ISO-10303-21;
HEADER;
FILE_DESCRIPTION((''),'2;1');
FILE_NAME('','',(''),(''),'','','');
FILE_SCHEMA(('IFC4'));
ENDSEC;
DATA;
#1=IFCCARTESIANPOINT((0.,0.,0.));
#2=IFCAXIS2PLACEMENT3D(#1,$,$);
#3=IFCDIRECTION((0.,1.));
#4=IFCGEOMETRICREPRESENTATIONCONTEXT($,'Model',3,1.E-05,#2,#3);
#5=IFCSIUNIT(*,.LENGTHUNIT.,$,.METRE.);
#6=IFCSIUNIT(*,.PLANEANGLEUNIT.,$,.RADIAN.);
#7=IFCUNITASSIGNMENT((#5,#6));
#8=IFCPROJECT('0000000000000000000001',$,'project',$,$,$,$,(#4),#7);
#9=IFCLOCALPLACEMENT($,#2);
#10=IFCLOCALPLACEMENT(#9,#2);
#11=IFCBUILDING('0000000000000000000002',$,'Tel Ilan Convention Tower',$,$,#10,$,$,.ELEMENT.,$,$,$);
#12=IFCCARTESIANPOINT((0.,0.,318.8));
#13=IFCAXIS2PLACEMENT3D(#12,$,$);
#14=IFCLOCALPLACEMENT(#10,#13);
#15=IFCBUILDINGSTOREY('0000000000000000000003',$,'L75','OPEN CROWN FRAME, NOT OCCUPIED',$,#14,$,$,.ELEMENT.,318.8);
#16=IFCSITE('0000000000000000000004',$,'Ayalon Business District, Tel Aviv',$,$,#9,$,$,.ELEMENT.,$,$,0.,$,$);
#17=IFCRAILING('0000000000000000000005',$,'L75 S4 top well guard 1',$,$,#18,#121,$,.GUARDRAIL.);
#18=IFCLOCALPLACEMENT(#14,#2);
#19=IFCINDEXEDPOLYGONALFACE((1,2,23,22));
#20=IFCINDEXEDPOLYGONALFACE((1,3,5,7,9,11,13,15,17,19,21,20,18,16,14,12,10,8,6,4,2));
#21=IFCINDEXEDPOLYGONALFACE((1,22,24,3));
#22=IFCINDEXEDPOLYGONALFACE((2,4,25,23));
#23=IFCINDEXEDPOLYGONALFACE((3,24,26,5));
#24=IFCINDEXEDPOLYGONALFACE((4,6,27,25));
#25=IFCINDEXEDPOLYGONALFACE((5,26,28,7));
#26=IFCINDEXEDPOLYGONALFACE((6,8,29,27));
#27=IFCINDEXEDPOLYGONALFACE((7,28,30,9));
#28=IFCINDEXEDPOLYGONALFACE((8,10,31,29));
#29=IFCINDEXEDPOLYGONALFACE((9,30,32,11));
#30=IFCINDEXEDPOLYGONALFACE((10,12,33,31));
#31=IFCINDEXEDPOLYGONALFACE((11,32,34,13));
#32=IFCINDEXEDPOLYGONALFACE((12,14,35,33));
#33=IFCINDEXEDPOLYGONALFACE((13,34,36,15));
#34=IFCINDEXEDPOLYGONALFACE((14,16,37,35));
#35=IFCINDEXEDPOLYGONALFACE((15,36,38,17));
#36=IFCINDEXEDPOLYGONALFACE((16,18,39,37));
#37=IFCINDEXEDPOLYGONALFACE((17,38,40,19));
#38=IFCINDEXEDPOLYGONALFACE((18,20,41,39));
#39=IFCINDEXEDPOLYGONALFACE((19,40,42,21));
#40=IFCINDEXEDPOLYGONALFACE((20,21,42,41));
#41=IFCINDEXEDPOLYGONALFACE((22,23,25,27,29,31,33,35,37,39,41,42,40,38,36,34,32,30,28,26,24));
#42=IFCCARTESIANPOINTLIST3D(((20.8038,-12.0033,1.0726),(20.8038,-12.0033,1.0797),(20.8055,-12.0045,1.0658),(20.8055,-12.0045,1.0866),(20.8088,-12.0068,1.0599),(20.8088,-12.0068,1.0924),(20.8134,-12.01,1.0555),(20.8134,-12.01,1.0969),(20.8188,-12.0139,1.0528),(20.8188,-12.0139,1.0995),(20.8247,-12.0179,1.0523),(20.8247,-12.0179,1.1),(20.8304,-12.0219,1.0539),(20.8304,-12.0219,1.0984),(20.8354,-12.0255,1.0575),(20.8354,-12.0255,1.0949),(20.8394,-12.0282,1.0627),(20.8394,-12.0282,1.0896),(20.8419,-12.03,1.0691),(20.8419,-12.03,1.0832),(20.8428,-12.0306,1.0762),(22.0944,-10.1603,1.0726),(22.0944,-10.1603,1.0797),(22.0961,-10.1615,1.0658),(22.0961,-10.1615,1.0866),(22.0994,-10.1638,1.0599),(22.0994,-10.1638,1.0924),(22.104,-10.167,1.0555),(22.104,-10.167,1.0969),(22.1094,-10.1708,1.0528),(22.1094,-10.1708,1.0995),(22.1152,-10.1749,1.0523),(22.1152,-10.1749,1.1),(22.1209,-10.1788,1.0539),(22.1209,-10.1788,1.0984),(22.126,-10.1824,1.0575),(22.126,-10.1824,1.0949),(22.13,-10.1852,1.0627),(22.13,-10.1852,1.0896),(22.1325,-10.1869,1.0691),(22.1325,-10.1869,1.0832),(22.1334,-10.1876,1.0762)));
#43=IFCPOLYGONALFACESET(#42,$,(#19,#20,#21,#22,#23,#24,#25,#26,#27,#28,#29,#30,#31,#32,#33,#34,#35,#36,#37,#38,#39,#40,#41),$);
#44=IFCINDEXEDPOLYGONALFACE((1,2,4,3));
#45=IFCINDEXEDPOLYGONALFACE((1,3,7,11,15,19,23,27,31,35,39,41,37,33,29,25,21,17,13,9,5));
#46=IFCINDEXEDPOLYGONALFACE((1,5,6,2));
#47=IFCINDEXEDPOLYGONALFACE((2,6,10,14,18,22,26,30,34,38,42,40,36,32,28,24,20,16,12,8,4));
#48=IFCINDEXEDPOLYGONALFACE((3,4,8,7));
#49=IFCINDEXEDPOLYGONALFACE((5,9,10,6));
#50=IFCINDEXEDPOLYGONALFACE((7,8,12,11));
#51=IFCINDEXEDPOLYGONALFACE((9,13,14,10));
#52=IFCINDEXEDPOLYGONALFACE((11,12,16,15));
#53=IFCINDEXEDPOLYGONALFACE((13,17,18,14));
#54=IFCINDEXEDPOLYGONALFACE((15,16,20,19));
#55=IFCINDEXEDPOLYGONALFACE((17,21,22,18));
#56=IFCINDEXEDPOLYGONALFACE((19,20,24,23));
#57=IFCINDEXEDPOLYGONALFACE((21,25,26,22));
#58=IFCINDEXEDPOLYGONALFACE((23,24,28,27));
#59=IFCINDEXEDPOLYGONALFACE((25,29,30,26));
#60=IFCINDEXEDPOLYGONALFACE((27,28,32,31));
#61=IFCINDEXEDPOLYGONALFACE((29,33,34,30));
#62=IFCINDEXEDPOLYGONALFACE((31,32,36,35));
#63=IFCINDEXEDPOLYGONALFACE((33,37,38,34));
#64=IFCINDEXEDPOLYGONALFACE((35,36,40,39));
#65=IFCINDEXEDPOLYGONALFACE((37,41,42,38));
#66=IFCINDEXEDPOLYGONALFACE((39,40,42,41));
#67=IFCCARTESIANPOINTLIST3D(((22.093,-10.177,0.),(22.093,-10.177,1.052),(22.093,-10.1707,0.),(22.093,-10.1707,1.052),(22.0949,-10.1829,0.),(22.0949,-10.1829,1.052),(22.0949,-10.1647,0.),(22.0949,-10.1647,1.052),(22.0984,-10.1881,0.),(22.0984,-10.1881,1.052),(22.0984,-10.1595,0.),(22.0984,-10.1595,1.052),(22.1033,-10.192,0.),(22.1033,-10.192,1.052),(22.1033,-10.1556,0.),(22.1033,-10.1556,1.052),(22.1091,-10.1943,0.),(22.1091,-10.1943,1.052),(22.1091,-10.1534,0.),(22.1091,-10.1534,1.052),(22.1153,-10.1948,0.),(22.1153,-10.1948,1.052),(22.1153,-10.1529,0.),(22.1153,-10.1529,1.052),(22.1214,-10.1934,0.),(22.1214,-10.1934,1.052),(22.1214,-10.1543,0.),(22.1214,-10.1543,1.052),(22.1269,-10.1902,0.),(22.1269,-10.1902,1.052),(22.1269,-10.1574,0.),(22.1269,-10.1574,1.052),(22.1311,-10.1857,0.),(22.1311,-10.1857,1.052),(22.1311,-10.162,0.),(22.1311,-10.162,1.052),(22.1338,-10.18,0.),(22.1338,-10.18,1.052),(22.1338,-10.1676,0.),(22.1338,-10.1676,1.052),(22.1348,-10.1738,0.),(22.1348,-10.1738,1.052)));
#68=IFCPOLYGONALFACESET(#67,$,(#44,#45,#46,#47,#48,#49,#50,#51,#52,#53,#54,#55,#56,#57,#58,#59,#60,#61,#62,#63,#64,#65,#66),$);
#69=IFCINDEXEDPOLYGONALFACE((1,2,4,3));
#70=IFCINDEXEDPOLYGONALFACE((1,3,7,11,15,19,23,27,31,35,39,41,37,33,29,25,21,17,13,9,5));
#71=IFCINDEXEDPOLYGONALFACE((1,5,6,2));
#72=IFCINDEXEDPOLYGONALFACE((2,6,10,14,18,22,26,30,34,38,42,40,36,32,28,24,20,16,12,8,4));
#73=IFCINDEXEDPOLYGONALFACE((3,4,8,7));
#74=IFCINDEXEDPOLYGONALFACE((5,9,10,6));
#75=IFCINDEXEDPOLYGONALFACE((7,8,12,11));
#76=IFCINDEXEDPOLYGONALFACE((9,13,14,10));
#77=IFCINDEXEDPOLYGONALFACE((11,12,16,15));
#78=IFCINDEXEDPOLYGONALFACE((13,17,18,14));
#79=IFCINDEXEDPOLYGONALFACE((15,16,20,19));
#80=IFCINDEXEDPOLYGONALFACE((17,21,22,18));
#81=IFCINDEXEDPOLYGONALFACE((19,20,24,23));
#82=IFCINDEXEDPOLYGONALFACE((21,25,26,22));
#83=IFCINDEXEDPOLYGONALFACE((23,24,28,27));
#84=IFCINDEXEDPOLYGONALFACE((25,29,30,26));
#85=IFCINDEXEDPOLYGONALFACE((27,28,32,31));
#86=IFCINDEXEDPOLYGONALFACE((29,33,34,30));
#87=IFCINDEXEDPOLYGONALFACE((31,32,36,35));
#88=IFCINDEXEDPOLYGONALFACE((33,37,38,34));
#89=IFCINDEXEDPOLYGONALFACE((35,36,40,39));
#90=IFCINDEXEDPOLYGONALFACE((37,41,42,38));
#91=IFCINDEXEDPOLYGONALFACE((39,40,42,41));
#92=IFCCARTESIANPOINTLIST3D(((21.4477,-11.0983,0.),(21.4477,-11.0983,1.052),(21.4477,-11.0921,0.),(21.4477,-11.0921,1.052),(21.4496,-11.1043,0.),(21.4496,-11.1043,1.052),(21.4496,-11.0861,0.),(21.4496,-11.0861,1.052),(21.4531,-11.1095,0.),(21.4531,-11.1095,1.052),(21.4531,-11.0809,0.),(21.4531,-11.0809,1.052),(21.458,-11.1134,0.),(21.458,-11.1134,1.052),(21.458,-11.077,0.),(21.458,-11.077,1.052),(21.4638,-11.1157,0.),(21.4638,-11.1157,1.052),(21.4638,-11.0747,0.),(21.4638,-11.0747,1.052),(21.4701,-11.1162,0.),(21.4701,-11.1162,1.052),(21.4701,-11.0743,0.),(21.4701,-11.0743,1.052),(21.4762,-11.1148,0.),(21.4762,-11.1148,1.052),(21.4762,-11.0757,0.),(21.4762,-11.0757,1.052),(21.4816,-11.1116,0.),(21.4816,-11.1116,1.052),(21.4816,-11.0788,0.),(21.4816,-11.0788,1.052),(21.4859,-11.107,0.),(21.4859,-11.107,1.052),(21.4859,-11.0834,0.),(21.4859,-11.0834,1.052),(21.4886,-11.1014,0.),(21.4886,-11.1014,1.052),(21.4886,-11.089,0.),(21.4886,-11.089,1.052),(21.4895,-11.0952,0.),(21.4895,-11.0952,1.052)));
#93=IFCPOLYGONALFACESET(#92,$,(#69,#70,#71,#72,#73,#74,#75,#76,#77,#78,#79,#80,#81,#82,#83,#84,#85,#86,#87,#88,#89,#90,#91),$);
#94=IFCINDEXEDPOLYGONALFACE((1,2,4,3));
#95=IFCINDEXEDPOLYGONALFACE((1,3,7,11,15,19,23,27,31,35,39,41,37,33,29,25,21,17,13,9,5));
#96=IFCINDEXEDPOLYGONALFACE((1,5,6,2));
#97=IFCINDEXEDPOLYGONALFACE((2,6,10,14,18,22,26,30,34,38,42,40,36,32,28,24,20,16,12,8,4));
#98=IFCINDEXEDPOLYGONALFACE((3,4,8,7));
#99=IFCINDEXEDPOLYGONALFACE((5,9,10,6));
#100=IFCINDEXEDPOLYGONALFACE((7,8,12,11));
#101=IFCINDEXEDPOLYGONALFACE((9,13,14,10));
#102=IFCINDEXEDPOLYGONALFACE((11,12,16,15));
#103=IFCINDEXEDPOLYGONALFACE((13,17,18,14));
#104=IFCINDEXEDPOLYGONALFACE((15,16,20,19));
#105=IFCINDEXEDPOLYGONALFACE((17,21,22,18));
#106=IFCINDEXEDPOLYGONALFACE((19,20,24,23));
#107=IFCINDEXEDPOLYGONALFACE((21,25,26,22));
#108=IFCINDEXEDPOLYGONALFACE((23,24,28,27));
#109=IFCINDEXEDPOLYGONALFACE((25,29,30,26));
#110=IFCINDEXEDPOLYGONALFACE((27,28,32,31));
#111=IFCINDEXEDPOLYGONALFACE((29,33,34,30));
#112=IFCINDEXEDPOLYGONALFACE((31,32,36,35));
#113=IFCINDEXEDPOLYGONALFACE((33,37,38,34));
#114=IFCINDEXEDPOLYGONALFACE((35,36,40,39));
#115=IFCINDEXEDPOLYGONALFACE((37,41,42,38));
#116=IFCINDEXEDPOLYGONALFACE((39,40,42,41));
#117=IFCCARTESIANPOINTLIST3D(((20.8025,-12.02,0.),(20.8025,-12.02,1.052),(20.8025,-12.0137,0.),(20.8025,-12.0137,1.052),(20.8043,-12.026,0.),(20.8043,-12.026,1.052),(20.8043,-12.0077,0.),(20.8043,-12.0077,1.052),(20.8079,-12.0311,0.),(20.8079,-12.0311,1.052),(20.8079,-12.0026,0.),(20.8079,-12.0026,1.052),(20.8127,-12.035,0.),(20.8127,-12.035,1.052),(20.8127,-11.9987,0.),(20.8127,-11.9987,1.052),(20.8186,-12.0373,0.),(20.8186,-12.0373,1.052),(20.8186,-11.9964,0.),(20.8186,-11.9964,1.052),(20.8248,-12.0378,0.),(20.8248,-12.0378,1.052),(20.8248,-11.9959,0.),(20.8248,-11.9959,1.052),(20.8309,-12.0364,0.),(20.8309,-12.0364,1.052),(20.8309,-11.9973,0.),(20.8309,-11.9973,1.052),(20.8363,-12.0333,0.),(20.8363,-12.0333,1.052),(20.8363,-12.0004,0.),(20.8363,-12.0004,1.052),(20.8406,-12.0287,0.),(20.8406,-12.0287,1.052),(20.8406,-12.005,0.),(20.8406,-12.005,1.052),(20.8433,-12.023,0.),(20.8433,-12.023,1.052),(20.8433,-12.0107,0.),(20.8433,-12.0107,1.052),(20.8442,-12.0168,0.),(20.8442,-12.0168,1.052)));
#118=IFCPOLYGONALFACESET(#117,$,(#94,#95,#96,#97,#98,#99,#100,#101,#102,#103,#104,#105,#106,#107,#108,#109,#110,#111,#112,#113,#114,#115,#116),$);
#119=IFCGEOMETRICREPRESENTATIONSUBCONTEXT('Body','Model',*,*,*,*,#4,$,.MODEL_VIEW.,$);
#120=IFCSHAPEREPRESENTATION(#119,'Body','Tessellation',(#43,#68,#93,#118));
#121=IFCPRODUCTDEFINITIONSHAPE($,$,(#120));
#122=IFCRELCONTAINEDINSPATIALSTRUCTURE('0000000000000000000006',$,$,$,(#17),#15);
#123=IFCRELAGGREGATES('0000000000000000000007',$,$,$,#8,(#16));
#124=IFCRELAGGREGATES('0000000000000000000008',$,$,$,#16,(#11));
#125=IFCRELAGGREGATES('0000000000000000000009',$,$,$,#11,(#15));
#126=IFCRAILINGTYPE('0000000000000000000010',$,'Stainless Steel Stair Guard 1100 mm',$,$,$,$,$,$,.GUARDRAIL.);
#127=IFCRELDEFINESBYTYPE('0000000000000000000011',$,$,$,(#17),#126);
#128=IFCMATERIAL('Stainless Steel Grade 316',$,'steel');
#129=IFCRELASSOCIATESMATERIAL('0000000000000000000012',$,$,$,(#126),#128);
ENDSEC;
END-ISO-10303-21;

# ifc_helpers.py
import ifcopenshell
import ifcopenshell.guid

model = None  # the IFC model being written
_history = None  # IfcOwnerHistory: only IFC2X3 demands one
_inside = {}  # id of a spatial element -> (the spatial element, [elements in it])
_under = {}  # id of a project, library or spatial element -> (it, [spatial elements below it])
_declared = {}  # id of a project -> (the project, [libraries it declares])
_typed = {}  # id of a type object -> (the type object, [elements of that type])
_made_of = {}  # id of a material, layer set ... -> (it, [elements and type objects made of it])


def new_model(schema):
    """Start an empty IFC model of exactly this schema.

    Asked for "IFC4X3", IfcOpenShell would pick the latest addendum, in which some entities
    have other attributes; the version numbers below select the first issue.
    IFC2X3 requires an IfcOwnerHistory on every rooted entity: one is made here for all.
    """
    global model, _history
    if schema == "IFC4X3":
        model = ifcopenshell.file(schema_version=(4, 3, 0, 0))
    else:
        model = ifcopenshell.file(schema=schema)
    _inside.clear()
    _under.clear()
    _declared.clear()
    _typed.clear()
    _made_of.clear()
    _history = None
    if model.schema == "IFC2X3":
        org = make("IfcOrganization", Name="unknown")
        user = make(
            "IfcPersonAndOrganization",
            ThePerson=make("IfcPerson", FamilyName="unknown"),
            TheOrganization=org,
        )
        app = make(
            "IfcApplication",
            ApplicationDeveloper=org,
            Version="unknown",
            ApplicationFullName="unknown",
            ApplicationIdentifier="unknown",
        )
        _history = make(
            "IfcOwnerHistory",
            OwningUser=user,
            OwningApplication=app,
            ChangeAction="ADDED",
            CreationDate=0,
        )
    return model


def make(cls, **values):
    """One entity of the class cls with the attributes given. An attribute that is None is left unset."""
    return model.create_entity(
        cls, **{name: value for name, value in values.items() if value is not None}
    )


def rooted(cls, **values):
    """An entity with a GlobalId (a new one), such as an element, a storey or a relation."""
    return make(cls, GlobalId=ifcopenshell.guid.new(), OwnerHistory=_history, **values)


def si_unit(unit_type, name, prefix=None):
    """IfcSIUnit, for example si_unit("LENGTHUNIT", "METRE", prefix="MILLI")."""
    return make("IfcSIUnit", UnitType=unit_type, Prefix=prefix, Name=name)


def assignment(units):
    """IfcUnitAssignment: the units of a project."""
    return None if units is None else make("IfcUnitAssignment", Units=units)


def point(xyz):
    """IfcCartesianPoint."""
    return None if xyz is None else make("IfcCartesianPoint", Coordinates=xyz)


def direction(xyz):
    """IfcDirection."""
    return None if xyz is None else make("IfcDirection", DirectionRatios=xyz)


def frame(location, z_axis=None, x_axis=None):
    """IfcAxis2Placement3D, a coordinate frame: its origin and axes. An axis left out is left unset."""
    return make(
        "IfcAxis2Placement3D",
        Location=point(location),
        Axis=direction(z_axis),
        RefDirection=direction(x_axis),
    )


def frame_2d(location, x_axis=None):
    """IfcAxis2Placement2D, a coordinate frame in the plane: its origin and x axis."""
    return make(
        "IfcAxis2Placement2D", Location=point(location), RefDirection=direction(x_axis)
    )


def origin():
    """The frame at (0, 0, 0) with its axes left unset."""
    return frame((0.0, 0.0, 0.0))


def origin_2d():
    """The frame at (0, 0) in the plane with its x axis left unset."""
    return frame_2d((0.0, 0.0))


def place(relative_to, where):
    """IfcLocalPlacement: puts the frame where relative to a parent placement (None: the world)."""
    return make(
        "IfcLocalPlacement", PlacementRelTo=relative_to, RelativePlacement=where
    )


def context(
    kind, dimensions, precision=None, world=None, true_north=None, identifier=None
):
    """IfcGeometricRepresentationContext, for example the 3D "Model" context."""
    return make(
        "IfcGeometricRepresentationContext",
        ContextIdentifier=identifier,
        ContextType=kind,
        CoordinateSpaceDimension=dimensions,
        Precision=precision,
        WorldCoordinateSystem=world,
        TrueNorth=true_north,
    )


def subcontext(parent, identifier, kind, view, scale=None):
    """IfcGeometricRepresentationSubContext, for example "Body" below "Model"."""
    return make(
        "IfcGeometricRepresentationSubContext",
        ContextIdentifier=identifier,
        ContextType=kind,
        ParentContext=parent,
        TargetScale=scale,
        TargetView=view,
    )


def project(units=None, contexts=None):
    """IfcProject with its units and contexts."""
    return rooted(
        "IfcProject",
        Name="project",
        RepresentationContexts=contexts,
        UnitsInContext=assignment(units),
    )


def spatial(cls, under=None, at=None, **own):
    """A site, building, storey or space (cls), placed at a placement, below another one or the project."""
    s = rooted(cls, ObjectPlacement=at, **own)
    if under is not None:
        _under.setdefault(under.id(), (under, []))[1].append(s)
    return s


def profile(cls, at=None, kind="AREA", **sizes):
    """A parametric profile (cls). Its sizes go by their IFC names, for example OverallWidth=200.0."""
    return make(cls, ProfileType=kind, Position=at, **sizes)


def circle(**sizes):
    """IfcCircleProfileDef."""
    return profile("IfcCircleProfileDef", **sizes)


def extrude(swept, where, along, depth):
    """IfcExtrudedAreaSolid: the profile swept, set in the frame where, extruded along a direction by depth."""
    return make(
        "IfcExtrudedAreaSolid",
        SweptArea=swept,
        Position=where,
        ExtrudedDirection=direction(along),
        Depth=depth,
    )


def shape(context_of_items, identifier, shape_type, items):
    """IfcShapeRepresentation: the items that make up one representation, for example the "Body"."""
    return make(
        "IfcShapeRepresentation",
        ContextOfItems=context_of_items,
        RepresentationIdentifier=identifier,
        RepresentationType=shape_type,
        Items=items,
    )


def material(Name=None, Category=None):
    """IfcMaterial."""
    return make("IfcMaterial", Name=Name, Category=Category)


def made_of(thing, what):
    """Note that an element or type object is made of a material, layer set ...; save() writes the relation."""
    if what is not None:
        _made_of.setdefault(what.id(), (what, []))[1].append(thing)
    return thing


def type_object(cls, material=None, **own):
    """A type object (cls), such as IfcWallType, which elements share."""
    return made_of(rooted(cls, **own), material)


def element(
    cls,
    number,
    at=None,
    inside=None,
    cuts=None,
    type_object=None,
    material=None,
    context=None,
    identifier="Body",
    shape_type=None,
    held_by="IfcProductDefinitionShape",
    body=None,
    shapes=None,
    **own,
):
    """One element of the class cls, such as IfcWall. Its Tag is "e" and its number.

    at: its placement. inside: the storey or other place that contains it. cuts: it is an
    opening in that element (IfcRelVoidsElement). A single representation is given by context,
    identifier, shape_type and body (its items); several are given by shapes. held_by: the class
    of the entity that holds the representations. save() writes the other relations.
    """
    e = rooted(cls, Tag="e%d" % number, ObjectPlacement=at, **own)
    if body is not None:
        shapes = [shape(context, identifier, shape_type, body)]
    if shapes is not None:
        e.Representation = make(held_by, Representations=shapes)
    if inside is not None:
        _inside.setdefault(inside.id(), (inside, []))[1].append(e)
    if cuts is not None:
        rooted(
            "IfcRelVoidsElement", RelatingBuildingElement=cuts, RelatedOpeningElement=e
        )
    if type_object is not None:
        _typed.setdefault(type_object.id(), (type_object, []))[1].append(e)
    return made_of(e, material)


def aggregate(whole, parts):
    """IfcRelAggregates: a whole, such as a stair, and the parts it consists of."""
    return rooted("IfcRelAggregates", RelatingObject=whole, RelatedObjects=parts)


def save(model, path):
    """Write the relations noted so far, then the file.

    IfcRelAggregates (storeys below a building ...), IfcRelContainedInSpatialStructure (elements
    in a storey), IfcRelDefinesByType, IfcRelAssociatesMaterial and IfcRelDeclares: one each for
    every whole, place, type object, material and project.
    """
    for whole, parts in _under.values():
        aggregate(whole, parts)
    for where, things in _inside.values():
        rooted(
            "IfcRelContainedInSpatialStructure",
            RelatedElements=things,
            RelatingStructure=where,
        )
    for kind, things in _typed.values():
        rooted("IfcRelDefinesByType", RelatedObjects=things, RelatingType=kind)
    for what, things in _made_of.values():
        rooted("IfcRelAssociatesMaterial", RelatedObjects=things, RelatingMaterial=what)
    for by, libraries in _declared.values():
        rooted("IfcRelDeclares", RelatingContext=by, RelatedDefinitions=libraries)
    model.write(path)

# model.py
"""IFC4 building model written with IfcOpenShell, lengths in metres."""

from ifc_helpers import new_model, si_unit, direction, frame, origin, origin_2d, place, context, subcontext, project, spatial, circle, extrude, material, type_object, element, save


model = new_model("IFC4")

# Units and contexts
model_context = context("Model", 3, precision=1e-05, world=origin(), true_north=direction((0.0, 1.0)))
body_context = subcontext(model_context, "Body", "Model", "MODEL_VIEW")
ifc_project = project(units=[si_unit("LENGTHUNIT", "METRE"), si_unit("PLANEANGLEUNIT", "RADIAN")], contexts=[model_context])

# Site, building, storey
site_placement = place(None, origin())
site = spatial("IfcSite", under=ifc_project, at=site_placement, Name="Ayalon Business District, Tel Aviv", CompositionType="ELEMENT", RefElevation=0.0)
building_placement = place(site_placement, origin())
building = spatial("IfcBuilding", under=site, at=building_placement, Name="Tel Ilan Convention Tower", CompositionType="ELEMENT")
storey_placement = place(building_placement, frame((0.0, 0.0, 318.8)))
storey = spatial("IfcBuildingStorey", under=building, at=storey_placement, Name="L75", Description="OPEN CROWN FRAME, NOT OCCUPIED", CompositionType="ELEMENT", Elevation=318.8)

# Railing
ifc_material_1 = material(Name="Stainless Steel Grade 316", Category="steel")
railing_type = type_object("IfcRailingType", Name="Stainless Steel Stair Guard 1100 mm", PredefinedType="GUARDRAIL", material=ifc_material_1)
railing_placement = place(storey_placement, frame((22.1138, -10.1738, 0.0)))
element("IfcRailing", 1, at=railing_placement, inside=storey, type_object=railing_type, Name="L75 S4 top well guard 1", PredefinedType="GUARDRAIL", context=body_context, shape_type="SweptSolid", body=[
    extrude(circle(Radius=0.0239, at=origin_2d()), frame((0.0, 0.0, 1.0762), z_axis=(-0.573586, -0.819145, 0.0), x_axis=(0.819145, -0.573586, 0.0)), (0.0, 0.0, 1.0), 2.25),
    extrude(circle(Radius=0.021, at=origin_2d()), origin(), (0.0, 0.0, 1.0), 1.052),
    extrude(circle(Radius=0.021, at=origin_2d()), frame((-0.6453, -0.9214, 0.0)), (0.0, 0.0, 1.0), 1.052),
    extrude(circle(Radius=0.021, at=origin_2d()), frame((-1.2905, -1.843, 0.0)), (0.0, 0.0, 1.0), 1.052),
])

save(model, "model.ifc")
